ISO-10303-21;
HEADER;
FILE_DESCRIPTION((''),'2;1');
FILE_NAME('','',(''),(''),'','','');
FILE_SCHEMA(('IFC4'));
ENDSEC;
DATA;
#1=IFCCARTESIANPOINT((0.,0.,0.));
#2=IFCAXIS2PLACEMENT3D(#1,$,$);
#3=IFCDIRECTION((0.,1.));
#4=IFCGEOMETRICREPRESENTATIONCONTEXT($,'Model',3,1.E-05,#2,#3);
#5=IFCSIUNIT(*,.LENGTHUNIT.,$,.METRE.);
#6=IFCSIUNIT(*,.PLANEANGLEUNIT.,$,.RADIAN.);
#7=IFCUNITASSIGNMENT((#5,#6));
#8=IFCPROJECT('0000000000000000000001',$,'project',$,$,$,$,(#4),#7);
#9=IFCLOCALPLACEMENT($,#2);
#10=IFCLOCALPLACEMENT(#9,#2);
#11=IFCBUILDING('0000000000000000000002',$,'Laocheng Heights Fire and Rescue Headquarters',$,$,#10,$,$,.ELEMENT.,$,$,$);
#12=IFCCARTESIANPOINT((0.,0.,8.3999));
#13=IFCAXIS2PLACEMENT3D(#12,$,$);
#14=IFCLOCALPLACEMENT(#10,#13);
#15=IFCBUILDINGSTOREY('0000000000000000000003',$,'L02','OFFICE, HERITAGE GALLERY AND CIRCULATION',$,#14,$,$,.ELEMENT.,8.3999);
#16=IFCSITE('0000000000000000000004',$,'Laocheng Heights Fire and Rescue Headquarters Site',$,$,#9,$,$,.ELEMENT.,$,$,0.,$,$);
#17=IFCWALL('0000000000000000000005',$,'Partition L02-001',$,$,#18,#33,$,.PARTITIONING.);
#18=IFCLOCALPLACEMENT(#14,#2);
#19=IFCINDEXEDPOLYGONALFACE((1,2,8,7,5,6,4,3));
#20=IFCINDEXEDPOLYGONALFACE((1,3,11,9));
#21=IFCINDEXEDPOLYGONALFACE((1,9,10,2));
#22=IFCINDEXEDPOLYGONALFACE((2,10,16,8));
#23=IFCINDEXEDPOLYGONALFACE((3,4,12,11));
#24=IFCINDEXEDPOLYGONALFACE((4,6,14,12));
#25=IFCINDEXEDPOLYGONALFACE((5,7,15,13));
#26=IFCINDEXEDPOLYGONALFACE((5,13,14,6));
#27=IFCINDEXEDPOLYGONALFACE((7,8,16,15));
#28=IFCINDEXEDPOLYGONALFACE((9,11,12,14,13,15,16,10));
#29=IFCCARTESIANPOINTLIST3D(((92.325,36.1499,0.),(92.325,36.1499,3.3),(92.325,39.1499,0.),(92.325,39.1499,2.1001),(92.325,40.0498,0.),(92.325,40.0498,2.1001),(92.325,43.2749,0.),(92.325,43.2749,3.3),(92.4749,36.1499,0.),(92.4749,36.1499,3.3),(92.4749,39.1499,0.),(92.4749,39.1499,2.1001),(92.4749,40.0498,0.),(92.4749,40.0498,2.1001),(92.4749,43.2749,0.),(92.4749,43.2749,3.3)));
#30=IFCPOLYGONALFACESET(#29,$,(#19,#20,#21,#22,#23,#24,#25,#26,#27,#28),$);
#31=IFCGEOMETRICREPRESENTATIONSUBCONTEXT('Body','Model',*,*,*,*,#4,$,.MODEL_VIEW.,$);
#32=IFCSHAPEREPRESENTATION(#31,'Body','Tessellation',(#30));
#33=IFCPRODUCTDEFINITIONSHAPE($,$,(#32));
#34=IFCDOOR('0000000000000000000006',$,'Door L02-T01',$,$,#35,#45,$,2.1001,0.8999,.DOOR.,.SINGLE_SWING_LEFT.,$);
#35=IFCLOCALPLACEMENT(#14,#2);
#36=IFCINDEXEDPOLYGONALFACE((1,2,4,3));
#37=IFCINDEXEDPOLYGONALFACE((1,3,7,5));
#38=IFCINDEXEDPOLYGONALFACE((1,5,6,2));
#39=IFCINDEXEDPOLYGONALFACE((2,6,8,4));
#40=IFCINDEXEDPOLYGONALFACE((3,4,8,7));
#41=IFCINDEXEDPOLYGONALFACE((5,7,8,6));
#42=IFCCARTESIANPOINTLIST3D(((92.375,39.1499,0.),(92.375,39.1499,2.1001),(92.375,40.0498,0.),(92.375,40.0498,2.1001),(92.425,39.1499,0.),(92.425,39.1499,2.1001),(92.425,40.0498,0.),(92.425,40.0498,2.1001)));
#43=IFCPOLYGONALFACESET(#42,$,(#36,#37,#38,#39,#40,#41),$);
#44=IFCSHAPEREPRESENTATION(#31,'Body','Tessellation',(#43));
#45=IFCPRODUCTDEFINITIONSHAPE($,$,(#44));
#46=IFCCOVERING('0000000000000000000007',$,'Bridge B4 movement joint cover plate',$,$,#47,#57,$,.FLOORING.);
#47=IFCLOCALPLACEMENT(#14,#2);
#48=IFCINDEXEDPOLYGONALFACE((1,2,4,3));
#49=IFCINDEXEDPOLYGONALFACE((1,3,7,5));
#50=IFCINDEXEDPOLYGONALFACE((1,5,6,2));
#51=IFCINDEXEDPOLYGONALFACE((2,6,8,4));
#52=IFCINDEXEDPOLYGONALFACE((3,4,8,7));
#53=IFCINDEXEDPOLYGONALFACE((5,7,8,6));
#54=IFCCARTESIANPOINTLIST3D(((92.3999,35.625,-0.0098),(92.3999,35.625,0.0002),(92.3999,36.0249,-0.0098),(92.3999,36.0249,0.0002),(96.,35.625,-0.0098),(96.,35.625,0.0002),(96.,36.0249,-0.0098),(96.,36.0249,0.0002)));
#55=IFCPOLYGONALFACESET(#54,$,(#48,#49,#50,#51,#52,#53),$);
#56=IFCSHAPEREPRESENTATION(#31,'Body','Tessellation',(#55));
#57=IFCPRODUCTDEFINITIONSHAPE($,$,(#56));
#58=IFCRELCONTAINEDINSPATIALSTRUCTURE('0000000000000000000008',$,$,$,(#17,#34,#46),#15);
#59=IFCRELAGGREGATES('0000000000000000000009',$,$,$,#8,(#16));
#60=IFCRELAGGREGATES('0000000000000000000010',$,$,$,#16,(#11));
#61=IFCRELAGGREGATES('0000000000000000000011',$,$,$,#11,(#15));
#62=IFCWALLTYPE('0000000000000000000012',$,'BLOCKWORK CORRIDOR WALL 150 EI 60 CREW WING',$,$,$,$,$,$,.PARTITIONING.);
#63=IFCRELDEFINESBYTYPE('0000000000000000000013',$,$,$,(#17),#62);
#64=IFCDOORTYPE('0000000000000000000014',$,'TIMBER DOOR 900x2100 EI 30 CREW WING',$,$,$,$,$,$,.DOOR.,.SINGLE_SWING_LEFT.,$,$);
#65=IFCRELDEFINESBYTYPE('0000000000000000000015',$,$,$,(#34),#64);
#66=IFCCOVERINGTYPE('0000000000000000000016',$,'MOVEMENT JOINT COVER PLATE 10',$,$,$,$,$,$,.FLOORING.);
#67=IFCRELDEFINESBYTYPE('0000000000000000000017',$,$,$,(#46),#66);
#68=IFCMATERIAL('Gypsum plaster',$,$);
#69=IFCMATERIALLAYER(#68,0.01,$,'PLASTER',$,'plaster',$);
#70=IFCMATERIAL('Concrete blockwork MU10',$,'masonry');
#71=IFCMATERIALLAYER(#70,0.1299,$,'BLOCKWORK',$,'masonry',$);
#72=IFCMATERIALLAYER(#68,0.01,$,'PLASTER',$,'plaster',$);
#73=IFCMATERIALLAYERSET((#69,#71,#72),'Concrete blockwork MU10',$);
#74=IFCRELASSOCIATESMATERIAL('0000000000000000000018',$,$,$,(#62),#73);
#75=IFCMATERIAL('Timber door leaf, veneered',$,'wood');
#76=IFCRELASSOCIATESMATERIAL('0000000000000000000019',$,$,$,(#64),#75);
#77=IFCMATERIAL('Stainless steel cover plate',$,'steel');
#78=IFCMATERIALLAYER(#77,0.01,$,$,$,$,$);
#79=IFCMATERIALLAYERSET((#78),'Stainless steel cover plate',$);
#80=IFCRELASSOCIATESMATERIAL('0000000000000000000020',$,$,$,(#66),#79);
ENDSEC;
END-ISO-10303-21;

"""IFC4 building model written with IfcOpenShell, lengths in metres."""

from ifc_helpers import new_model, si_unit, direction, frame, frame_2d, origin, origin_2d, place, context, subcontext, project, spatial, rectangle, extrude, material, layer, layer_set, type_object, element, fill, save


model = new_model("IFC4")

# Units and contexts
model_context = context("Model", 3, precision=1e-05, world=origin(), true_north=direction((0.0, 1.0)))
body_context = subcontext(model_context, "Body", "Model", "MODEL_VIEW")
ifc_project = project(units=[si_unit("LENGTHUNIT", "METRE"), si_unit("PLANEANGLEUNIT", "RADIAN")], contexts=[model_context])

# Site, building, storey
site_placement = place(None, origin())
site = spatial("IfcSite", under=ifc_project, at=site_placement, Name="Laocheng Heights Fire and Rescue Headquarters Site", CompositionType="ELEMENT", RefElevation=0.0)
building_placement = place(site_placement, origin())
building = spatial("IfcBuilding", under=site, at=building_placement, Name="Laocheng Heights Fire and Rescue Headquarters", CompositionType="ELEMENT")
storey_placement = place(building_placement, frame((0.0, 0.0, 8.3999)))
storey = spatial("IfcBuildingStorey", under=building, at=storey_placement, Name="L02", Description="OFFICE, HERITAGE GALLERY AND CIRCULATION", CompositionType="ELEMENT", Elevation=8.3999)

# Wall, opening, door
ifc_material_1 = material(Name="Gypsum plaster")
ifc_layer_1 = layer(ifc_material_1, 0.01, Name="PLASTER", Category="plaster")
ifc_material_2 = material(Name="Concrete blockwork MU10", Category="masonry")
ifc_layer_2 = layer(ifc_material_2, 0.1299, Name="BLOCKWORK", Category="masonry")
ifc_layer_3 = layer(ifc_material_1, 0.01, Name="PLASTER", Category="plaster")
ifc_layer_set_1 = layer_set([ifc_layer_1, ifc_layer_2, ifc_layer_3], Name="Concrete blockwork MU10")
wall_type_1 = type_object("IfcWallType", Name="BLOCKWORK CORRIDOR WALL 150 EI 60 CREW WING", PredefinedType="PARTITIONING", material=ifc_layer_set_1)
wall_1_placement = place(storey_placement, frame((92.3999, 36.1499, 0.0), z_axis=(0.0, 0.0, 1.0), x_axis=(0.0, 1.0, 0.0)))
wall_1 = element("IfcWall", 1, at=wall_1_placement, inside=storey, type_object=wall_type_1, Name="Partition L02-001", PredefinedType="PARTITIONING", context=body_context, shape_type="SweptSolid", body=[
    extrude(rectangle(XDim=7.125, YDim=0.1499, at=frame_2d((3.5625, 0.0))), origin(), (0.0, 0.0, 1.0), 3.3),
])
opening_1_placement = place(wall_1_placement, frame((3.0, 0.0, 0.0)))
opening_1 = element("IfcOpeningElement", 2, at=opening_1_placement, cuts=wall_1, PredefinedType="OPENING", context=body_context, shape_type="SweptSolid", body=[
    extrude(rectangle(XDim=0.8999, YDim=2.1001, at=frame_2d((0.45, 1.05))), frame((0.0, 0.085, 0.0), z_axis=(0.0, -1.0, 0.0), x_axis=(1.0, 0.0, 0.0)), (0.0, 0.0, 1.0), 0.1699),
])
ifc_material_3 = material(Name="Timber door leaf, veneered", Category="wood")
door_type_1 = type_object("IfcDoorType", Name="TIMBER DOOR 900x2100 EI 30 CREW WING", OperationType="SINGLE_SWING_LEFT", PredefinedType="DOOR", material=ifc_material_3)
door_1_placement = place(opening_1_placement, origin())
door_1 = element("IfcDoor", 3, at=door_1_placement, inside=storey, type_object=door_type_1, Name="Door L02-T01", OperationType="SINGLE_SWING_LEFT", OverallHeight=2.1001, OverallWidth=0.8999, PredefinedType="DOOR", context=body_context, shape_type="SweptSolid", body=[
    extrude(rectangle(XDim=0.8999, YDim=2.1001, at=frame_2d((0.45, 1.05))), frame((0.0, 0.0249, 0.0), z_axis=(0.0, -1.0, 0.0), x_axis=(1.0, 0.0, 0.0)), (0.0, 0.0, 1.0), 0.05),
])
fill(opening_1, door_1)

# Covering
ifc_material_4 = material(Name="Stainless steel cover plate", Category="steel")
ifc_layer_4 = layer(ifc_material_4, 0.01)
ifc_layer_set_2 = layer_set([ifc_layer_4], Name="Stainless steel cover plate")
covering_type = type_object("IfcCoveringType", Name="MOVEMENT JOINT COVER PLATE 10", PredefinedType="FLOORING", material=ifc_layer_set_2)
covering_placement = place(storey_placement, frame((94.2, 35.825, -0.0098), z_axis=(0.0, 0.0, 1.0), x_axis=(1.0, 0.0, 0.0)))
element("IfcCovering", 4, at=covering_placement, inside=storey, type_object=covering_type, Name="Bridge B4 movement joint cover plate", PredefinedType="FLOORING", context=body_context, shape_type="SweptSolid", body=[
    extrude(rectangle(XDim=3.6001, YDim=0.3999, at=origin_2d()), origin(), (0.0, 0.0, 1.0), 0.01),
])

save(model, "model.ifc")
